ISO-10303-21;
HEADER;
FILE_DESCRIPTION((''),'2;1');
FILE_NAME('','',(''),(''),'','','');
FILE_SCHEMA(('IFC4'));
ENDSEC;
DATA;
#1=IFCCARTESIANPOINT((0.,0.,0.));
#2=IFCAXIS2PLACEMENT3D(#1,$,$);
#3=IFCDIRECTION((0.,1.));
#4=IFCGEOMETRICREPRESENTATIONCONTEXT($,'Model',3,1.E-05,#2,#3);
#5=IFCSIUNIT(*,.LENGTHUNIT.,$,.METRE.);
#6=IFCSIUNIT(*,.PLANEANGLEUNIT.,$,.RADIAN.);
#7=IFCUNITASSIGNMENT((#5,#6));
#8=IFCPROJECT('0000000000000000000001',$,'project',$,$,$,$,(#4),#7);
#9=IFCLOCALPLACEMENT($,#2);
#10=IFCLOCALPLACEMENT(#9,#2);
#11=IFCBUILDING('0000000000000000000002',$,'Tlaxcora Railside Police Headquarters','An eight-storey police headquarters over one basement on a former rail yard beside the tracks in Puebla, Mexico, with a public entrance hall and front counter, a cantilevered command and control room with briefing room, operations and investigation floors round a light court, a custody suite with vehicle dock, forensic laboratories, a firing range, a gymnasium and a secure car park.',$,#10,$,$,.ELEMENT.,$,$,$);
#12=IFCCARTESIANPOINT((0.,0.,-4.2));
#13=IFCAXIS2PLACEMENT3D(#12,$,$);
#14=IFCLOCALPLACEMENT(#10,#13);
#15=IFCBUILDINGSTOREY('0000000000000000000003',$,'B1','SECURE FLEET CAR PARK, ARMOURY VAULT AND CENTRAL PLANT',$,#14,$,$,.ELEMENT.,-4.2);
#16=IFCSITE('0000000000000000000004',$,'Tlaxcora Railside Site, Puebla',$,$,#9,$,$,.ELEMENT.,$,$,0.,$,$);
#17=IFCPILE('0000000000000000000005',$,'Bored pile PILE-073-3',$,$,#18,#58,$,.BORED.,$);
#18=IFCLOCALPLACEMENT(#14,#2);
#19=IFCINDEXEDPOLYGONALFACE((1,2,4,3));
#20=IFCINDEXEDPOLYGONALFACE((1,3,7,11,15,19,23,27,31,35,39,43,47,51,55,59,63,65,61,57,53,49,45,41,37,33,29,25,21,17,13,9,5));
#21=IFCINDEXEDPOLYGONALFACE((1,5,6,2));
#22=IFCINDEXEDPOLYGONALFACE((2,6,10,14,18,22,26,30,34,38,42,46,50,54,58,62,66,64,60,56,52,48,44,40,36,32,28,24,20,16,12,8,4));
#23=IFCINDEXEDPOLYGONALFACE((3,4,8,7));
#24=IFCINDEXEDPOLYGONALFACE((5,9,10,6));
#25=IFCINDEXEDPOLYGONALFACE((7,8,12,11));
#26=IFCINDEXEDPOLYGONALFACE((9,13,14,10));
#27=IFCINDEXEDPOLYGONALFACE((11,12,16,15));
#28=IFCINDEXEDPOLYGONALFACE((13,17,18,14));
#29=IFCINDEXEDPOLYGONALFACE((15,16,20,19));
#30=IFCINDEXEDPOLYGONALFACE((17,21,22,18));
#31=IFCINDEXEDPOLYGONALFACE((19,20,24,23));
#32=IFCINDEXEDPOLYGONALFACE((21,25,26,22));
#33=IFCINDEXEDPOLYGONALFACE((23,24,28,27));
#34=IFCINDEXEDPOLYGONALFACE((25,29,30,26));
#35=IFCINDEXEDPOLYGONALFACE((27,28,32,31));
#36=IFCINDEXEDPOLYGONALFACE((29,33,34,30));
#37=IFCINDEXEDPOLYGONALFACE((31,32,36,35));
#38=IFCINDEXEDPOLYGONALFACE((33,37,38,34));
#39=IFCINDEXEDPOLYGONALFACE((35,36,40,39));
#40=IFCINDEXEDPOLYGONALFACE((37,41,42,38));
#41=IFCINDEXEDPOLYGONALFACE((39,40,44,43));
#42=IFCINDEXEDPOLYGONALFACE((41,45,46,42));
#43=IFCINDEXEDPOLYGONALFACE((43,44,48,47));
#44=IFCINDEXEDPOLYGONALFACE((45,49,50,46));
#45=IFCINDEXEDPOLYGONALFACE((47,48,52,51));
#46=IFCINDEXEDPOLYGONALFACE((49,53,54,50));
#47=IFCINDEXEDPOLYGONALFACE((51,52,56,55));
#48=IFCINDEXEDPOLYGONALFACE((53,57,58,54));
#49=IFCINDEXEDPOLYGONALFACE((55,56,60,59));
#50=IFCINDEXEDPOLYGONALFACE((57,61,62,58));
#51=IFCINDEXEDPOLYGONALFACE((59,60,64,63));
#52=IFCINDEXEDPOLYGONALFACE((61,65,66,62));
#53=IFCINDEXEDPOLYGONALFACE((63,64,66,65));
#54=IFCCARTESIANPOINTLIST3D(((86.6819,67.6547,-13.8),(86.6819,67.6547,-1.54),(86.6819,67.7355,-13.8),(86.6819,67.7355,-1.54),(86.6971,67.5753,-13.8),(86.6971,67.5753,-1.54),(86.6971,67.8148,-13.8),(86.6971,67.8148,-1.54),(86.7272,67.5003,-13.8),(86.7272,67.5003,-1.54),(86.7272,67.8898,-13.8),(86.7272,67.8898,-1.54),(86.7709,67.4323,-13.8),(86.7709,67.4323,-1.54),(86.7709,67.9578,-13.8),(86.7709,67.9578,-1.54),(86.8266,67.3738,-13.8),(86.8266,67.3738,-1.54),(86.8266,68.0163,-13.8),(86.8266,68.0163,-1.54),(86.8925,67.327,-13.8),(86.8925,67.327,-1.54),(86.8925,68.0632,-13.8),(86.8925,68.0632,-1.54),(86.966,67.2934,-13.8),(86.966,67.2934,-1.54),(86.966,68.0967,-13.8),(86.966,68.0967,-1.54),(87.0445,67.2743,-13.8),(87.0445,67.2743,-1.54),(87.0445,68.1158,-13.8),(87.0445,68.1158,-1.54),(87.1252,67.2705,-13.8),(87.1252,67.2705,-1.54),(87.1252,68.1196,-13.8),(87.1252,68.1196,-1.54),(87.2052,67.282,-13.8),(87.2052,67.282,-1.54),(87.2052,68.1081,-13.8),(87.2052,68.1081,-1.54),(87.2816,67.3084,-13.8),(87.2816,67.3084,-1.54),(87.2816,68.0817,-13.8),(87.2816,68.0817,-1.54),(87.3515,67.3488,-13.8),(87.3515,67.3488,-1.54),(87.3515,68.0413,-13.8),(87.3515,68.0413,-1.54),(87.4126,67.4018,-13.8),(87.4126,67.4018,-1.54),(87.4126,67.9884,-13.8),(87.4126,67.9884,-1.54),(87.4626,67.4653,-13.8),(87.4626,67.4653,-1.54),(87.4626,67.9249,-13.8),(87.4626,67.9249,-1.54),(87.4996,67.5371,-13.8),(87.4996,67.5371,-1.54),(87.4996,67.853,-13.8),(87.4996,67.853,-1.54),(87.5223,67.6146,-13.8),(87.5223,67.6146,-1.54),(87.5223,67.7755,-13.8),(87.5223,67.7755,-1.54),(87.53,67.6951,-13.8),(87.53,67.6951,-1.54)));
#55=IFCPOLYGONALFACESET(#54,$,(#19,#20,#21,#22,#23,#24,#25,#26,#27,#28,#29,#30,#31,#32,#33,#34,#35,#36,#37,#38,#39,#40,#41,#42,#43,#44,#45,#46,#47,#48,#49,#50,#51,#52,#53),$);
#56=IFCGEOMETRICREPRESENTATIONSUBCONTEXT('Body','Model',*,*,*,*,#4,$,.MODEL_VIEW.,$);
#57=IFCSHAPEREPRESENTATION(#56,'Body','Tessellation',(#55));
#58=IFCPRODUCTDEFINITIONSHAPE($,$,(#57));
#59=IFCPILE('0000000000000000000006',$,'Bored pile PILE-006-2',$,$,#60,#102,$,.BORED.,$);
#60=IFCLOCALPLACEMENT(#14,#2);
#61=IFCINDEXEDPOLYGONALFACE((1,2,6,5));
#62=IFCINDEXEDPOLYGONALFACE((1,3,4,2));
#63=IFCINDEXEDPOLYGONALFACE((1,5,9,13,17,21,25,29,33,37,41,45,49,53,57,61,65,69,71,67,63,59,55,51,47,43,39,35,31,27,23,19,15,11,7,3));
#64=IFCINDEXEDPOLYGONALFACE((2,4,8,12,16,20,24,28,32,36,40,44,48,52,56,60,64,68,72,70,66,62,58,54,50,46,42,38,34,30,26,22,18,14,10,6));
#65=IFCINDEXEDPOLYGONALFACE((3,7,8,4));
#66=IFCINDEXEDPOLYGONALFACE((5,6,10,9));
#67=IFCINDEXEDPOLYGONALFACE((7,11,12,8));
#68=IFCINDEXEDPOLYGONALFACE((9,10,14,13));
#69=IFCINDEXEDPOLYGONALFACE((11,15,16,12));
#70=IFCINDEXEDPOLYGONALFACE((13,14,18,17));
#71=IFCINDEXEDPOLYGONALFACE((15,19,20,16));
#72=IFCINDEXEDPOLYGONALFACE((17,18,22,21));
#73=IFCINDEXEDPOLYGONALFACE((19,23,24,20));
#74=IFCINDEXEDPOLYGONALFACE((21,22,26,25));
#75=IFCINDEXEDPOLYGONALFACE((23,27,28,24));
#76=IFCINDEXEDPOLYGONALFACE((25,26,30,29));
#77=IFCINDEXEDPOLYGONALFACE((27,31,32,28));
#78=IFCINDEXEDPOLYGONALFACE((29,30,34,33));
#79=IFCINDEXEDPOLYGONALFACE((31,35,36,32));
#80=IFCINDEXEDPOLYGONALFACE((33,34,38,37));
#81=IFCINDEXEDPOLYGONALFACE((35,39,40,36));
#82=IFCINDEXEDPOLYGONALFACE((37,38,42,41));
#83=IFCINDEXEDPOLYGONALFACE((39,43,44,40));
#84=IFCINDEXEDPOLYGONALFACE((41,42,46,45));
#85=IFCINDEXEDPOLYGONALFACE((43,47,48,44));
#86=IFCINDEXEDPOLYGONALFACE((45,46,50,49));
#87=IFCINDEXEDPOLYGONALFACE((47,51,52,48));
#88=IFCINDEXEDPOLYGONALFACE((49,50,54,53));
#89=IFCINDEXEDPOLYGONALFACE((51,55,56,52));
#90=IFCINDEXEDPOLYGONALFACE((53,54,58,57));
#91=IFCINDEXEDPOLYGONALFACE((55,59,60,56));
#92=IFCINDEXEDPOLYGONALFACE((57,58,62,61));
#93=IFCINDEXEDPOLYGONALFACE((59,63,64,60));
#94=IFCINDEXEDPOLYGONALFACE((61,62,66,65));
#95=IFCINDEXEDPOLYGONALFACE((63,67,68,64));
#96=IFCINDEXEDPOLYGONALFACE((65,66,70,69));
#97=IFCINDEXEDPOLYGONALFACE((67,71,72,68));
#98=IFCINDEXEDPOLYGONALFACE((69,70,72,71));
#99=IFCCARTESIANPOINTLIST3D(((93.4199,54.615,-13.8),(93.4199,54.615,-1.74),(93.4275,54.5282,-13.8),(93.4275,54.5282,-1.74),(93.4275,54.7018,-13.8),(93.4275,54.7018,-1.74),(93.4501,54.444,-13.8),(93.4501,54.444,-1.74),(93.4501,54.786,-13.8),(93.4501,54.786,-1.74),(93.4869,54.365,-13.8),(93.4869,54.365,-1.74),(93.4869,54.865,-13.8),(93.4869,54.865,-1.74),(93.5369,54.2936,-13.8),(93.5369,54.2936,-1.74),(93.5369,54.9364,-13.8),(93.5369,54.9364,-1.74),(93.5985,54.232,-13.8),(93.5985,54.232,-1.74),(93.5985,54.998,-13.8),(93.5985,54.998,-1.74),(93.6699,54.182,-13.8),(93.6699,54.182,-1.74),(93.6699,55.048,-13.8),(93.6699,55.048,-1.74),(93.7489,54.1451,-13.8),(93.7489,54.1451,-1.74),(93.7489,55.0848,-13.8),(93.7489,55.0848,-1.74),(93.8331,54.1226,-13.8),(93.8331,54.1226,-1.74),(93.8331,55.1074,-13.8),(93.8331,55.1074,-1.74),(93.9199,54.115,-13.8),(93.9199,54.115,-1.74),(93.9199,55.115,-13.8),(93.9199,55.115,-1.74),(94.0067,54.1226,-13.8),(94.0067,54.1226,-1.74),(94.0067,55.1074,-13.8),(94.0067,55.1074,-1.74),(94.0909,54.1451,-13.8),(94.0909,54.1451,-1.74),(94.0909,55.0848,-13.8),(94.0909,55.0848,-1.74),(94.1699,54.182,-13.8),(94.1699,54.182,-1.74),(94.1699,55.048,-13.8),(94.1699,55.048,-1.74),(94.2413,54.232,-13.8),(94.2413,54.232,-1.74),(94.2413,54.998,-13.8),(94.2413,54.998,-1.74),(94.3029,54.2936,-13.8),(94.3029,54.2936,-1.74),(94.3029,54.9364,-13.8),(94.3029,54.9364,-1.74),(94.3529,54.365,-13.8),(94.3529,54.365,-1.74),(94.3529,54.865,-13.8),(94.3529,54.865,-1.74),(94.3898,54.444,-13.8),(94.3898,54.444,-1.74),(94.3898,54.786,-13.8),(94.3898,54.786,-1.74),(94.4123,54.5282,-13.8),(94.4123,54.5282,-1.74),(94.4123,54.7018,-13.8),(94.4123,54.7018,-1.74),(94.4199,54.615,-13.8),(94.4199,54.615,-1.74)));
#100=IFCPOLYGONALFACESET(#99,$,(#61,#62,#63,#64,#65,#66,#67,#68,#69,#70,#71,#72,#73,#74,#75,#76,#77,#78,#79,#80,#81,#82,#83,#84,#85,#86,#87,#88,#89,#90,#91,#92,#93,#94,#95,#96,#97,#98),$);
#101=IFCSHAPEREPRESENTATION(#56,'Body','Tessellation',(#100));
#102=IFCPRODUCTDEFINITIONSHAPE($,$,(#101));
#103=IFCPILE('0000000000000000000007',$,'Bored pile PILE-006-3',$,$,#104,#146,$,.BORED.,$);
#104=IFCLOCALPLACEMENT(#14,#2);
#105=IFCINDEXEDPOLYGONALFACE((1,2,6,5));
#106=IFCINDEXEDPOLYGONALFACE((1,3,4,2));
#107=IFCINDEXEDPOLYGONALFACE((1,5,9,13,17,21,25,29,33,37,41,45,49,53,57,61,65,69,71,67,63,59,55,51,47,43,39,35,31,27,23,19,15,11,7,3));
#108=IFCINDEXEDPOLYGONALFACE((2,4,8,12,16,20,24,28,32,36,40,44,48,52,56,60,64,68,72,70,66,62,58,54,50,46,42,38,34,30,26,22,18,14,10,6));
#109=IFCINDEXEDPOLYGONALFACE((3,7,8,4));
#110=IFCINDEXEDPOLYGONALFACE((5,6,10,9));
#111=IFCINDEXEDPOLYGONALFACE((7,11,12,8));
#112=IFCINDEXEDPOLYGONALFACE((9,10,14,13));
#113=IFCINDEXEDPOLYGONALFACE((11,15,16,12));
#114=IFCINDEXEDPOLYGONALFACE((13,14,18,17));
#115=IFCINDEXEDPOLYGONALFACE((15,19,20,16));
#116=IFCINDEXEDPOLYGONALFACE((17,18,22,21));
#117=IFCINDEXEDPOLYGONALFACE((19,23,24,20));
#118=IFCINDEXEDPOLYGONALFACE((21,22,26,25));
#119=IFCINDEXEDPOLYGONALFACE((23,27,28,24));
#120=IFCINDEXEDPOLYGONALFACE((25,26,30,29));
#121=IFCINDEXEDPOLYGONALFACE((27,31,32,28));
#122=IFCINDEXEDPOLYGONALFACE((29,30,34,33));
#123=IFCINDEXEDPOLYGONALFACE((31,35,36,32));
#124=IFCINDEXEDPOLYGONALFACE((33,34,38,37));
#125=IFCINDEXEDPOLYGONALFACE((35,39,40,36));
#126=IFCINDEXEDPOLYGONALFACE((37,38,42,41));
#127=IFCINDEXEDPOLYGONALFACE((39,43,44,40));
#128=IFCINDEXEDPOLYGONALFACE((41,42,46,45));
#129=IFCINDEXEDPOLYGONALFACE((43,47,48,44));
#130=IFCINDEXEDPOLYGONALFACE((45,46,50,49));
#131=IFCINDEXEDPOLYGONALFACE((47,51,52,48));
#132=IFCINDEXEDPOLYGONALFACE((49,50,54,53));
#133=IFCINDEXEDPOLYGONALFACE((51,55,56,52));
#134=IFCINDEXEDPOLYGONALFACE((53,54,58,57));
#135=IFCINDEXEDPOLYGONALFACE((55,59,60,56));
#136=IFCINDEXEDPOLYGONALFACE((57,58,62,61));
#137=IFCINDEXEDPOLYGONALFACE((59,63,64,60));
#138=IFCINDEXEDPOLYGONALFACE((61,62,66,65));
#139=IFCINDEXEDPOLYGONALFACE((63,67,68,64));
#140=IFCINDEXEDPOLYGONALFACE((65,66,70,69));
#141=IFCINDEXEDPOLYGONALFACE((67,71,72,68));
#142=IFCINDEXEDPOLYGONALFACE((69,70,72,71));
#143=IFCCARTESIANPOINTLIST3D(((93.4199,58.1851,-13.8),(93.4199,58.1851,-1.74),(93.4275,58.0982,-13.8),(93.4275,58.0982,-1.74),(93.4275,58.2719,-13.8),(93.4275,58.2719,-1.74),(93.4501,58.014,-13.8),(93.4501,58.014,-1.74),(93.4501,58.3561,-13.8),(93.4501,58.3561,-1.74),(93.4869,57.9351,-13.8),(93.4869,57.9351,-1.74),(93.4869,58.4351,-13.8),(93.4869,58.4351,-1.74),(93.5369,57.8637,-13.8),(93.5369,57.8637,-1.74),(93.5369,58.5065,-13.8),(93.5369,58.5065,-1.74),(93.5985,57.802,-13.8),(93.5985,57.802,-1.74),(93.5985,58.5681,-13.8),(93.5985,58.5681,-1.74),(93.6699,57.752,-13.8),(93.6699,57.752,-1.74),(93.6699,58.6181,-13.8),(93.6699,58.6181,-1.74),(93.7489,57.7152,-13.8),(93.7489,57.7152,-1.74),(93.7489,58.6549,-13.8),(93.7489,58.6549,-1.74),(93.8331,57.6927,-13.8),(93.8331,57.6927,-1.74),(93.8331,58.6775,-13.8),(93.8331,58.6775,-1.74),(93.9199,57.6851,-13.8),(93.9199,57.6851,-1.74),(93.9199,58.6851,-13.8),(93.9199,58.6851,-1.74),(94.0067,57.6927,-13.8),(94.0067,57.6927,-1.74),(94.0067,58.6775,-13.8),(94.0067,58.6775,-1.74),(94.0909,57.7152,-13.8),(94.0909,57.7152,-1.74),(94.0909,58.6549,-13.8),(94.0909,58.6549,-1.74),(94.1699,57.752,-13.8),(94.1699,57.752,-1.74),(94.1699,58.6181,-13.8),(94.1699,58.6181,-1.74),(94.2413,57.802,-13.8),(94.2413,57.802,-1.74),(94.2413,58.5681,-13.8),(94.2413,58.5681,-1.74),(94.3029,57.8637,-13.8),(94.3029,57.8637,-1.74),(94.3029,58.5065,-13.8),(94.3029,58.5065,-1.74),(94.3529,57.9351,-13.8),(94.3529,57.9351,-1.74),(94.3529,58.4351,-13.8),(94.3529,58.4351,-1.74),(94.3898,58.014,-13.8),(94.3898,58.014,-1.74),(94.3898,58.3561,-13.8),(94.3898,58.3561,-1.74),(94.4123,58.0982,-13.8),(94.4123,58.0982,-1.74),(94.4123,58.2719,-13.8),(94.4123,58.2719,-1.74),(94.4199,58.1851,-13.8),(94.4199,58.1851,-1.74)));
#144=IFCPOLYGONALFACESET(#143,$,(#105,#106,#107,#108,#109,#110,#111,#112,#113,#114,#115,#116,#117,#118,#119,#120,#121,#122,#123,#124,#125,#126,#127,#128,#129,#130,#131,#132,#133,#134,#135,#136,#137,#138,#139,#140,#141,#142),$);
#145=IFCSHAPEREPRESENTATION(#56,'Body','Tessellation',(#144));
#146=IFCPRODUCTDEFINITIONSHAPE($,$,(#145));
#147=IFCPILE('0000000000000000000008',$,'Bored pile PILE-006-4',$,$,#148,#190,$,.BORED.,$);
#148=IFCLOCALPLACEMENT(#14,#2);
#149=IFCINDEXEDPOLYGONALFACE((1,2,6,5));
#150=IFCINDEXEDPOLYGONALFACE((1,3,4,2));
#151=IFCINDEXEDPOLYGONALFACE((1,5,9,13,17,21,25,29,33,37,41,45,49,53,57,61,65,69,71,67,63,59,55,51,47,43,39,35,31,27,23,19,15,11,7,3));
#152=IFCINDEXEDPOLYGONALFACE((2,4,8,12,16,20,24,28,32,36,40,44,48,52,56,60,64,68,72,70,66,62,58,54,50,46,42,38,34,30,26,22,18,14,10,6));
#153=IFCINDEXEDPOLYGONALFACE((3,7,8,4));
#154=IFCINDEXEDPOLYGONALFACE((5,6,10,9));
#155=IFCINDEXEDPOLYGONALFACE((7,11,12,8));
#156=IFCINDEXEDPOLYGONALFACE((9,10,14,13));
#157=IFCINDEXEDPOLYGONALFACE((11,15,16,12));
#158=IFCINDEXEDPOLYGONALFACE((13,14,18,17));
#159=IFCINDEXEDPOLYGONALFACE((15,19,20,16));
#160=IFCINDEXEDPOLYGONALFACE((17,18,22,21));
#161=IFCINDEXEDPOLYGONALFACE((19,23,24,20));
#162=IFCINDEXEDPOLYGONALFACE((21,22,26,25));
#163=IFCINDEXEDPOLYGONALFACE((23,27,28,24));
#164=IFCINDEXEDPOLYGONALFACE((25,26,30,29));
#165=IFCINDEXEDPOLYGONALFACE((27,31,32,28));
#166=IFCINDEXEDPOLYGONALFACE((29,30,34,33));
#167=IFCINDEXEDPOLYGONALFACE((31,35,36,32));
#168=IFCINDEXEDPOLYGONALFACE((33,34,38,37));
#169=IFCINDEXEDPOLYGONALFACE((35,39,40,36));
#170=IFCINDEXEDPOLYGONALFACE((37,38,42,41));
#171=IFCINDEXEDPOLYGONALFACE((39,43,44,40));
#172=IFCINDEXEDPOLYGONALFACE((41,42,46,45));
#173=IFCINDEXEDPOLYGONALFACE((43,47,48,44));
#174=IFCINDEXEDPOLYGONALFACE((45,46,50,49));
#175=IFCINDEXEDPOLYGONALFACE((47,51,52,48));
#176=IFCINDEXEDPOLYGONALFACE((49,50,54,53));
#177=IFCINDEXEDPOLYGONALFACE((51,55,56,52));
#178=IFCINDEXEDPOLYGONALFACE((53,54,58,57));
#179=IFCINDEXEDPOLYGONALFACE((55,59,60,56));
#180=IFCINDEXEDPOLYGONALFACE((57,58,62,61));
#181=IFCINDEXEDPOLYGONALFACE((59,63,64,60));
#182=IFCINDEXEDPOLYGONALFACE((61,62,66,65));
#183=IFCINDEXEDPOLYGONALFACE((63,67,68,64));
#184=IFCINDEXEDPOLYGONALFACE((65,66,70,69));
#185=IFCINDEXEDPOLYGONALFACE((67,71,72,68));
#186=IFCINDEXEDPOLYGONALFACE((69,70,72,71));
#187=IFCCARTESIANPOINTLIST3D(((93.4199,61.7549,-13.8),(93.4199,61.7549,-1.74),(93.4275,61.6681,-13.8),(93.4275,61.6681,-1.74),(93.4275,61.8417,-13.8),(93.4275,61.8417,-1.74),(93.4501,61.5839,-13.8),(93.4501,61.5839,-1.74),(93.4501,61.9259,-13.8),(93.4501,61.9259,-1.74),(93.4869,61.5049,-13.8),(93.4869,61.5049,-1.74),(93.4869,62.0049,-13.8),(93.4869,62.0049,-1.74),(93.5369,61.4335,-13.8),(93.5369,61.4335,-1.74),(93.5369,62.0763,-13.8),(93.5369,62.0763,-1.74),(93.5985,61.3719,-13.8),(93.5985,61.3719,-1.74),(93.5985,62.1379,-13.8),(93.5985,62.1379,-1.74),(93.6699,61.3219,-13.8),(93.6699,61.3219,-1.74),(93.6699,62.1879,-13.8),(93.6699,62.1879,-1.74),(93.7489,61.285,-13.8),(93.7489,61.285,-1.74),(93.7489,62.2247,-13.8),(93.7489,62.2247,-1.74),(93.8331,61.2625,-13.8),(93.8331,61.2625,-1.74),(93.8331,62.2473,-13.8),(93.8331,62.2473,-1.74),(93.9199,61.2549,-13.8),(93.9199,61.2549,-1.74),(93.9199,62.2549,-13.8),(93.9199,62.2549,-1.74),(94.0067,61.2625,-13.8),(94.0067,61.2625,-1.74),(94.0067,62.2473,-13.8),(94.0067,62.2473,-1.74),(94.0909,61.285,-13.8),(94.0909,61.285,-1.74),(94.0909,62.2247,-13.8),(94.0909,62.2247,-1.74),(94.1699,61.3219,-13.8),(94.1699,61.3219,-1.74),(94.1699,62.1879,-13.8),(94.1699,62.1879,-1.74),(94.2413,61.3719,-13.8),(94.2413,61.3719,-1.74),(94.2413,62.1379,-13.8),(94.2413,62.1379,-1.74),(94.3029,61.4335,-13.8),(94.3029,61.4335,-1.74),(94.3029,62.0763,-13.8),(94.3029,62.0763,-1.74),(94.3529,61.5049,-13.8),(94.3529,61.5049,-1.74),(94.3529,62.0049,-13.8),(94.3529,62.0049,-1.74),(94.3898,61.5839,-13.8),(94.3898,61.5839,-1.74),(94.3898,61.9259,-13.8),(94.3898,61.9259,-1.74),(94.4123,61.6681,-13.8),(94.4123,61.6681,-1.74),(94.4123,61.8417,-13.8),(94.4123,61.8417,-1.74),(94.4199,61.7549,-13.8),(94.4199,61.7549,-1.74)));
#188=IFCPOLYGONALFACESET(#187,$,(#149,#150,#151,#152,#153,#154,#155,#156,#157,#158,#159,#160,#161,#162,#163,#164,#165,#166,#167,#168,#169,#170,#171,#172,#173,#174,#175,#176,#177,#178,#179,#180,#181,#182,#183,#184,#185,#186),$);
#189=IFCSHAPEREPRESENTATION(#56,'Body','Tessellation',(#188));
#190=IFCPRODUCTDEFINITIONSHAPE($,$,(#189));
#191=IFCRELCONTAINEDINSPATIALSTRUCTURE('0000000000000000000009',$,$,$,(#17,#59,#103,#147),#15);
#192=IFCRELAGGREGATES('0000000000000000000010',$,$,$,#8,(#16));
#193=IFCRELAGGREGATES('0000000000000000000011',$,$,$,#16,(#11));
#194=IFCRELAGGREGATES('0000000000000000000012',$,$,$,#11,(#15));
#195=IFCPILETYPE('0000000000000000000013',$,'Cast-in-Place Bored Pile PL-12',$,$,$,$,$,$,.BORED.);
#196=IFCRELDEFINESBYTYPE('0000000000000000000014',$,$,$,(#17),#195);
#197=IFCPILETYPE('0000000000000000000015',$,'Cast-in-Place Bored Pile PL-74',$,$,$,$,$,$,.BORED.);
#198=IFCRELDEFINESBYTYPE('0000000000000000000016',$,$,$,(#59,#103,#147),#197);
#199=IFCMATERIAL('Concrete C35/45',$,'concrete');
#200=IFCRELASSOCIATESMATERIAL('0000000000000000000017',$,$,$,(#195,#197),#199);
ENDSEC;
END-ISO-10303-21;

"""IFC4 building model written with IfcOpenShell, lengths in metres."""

from ifc_helpers import new_model, si_unit, direction, frame, origin, origin_2d, place, context, subcontext, project, spatial, circle, extrude, material, material_profile, profile_set, type_object, element, save


model = new_model("IFC4")

# Units and contexts
model_context = context("Model", 3, precision=1e-05, world=origin(), true_north=direction((0.0, 1.0)))
body_context = subcontext(model_context, "Body", "Model", "MODEL_VIEW")
ifc_project = project(units=[si_unit("LENGTHUNIT", "METRE"), si_unit("PLANEANGLEUNIT", "RADIAN")], contexts=[model_context])

# Site, building, storey
site_placement = place(None, origin())
site = spatial("IfcSite", under=ifc_project, at=site_placement, Name="Tlaxcora Railside Site, Puebla", CompositionType="ELEMENT", RefElevation=0.0)
building_placement = place(site_placement, origin())
building = spatial("IfcBuilding", under=site, at=building_placement, Name="Tlaxcora Railside Police Headquarters", Description="An eight-storey police headquarters over one basement on a former rail yard beside the tracks in Puebla, Mexico, with a public entrance hall and front counter, a cantilevered command and control room with briefing room, operations and investigation floors round a light court, a custody suite with vehicle dock, forensic laboratories, a firing range, a gymnasium and a secure car park.", CompositionType="ELEMENT")
storey_placement = place(building_placement, frame((0.0, 0.0, -4.2)))
storey = spatial("IfcBuildingStorey", under=building, at=storey_placement, Name="B1", Description="SECURE FLEET CAR PARK, ARMOURY VAULT AND CENTRAL PLANT", CompositionType="ELEMENT", Elevation=-4.2)

# Piles
ifc_material_1 = material(Name="Concrete C35/45", Category="concrete")
ifc_material_profile_1 = material_profile(ifc_material_1, circle(Radius=0.425, at=origin_2d()), Name="PILE850")
ifc_profile_set_1 = profile_set([ifc_material_profile_1], Name="Concrete C35/45")
pile_type_1 = type_object("IfcPileType", Name="Cast-in-Place Bored Pile PL-12", PredefinedType="BORED", material=ifc_profile_set_1)
pile_1_placement = place(storey_placement, frame((87.105, 67.6951, -1.54), z_axis=(0.0, 0.0, -1.0), x_axis=(1.0, 0.0, 0.0)))
element("IfcPile", 1, at=pile_1_placement, inside=storey, type_object=pile_type_1, Name="Bored pile PILE-073-3", PredefinedType="BORED", context=body_context, shape_type="SweptSolid", body=[
    extrude(circle(Radius=0.425, at=origin_2d()), origin(), (0.0, 0.0, 1.0), 12.26),
])
ifc_material_profile_2 = material_profile(ifc_material_1, circle(Radius=0.5, at=origin_2d()), Name="PILE1000")
ifc_profile_set_2 = profile_set([ifc_material_profile_2], Name="Concrete C35/45")
pile_type_2 = type_object("IfcPileType", Name="Cast-in-Place Bored Pile PL-74", PredefinedType="BORED", material=ifc_profile_set_2)
for number, where, z_axis, x_axis, name in (
    (2, (93.9199, 54.615, -1.74), (0.0, 0.0, -1.0), (1.0, 0.0, 0.0), "Bored pile PILE-006-2"),
    (3, (93.9199, 58.1851, -1.74), (0.0, 0.0, -1.0), (1.0, 0.0, 0.0), "Bored pile PILE-006-3"),
    (4, (93.9199, 61.7549, -1.74), (0.0, 0.0, -1.0), (1.0, 0.0, 0.0), "Bored pile PILE-006-4"),
):
    element("IfcPile", number, at=place(storey_placement, frame(where, z_axis=z_axis, x_axis=x_axis)), inside=storey, type_object=pile_type_2, Name=name, PredefinedType="BORED", context=body_context, shape_type="SweptSolid", body=[
        extrude(circle(Radius=0.5, at=origin_2d()), origin(), (0.0, 0.0, 1.0), 12.0601),
    ])

save(model, "model.ifc")
